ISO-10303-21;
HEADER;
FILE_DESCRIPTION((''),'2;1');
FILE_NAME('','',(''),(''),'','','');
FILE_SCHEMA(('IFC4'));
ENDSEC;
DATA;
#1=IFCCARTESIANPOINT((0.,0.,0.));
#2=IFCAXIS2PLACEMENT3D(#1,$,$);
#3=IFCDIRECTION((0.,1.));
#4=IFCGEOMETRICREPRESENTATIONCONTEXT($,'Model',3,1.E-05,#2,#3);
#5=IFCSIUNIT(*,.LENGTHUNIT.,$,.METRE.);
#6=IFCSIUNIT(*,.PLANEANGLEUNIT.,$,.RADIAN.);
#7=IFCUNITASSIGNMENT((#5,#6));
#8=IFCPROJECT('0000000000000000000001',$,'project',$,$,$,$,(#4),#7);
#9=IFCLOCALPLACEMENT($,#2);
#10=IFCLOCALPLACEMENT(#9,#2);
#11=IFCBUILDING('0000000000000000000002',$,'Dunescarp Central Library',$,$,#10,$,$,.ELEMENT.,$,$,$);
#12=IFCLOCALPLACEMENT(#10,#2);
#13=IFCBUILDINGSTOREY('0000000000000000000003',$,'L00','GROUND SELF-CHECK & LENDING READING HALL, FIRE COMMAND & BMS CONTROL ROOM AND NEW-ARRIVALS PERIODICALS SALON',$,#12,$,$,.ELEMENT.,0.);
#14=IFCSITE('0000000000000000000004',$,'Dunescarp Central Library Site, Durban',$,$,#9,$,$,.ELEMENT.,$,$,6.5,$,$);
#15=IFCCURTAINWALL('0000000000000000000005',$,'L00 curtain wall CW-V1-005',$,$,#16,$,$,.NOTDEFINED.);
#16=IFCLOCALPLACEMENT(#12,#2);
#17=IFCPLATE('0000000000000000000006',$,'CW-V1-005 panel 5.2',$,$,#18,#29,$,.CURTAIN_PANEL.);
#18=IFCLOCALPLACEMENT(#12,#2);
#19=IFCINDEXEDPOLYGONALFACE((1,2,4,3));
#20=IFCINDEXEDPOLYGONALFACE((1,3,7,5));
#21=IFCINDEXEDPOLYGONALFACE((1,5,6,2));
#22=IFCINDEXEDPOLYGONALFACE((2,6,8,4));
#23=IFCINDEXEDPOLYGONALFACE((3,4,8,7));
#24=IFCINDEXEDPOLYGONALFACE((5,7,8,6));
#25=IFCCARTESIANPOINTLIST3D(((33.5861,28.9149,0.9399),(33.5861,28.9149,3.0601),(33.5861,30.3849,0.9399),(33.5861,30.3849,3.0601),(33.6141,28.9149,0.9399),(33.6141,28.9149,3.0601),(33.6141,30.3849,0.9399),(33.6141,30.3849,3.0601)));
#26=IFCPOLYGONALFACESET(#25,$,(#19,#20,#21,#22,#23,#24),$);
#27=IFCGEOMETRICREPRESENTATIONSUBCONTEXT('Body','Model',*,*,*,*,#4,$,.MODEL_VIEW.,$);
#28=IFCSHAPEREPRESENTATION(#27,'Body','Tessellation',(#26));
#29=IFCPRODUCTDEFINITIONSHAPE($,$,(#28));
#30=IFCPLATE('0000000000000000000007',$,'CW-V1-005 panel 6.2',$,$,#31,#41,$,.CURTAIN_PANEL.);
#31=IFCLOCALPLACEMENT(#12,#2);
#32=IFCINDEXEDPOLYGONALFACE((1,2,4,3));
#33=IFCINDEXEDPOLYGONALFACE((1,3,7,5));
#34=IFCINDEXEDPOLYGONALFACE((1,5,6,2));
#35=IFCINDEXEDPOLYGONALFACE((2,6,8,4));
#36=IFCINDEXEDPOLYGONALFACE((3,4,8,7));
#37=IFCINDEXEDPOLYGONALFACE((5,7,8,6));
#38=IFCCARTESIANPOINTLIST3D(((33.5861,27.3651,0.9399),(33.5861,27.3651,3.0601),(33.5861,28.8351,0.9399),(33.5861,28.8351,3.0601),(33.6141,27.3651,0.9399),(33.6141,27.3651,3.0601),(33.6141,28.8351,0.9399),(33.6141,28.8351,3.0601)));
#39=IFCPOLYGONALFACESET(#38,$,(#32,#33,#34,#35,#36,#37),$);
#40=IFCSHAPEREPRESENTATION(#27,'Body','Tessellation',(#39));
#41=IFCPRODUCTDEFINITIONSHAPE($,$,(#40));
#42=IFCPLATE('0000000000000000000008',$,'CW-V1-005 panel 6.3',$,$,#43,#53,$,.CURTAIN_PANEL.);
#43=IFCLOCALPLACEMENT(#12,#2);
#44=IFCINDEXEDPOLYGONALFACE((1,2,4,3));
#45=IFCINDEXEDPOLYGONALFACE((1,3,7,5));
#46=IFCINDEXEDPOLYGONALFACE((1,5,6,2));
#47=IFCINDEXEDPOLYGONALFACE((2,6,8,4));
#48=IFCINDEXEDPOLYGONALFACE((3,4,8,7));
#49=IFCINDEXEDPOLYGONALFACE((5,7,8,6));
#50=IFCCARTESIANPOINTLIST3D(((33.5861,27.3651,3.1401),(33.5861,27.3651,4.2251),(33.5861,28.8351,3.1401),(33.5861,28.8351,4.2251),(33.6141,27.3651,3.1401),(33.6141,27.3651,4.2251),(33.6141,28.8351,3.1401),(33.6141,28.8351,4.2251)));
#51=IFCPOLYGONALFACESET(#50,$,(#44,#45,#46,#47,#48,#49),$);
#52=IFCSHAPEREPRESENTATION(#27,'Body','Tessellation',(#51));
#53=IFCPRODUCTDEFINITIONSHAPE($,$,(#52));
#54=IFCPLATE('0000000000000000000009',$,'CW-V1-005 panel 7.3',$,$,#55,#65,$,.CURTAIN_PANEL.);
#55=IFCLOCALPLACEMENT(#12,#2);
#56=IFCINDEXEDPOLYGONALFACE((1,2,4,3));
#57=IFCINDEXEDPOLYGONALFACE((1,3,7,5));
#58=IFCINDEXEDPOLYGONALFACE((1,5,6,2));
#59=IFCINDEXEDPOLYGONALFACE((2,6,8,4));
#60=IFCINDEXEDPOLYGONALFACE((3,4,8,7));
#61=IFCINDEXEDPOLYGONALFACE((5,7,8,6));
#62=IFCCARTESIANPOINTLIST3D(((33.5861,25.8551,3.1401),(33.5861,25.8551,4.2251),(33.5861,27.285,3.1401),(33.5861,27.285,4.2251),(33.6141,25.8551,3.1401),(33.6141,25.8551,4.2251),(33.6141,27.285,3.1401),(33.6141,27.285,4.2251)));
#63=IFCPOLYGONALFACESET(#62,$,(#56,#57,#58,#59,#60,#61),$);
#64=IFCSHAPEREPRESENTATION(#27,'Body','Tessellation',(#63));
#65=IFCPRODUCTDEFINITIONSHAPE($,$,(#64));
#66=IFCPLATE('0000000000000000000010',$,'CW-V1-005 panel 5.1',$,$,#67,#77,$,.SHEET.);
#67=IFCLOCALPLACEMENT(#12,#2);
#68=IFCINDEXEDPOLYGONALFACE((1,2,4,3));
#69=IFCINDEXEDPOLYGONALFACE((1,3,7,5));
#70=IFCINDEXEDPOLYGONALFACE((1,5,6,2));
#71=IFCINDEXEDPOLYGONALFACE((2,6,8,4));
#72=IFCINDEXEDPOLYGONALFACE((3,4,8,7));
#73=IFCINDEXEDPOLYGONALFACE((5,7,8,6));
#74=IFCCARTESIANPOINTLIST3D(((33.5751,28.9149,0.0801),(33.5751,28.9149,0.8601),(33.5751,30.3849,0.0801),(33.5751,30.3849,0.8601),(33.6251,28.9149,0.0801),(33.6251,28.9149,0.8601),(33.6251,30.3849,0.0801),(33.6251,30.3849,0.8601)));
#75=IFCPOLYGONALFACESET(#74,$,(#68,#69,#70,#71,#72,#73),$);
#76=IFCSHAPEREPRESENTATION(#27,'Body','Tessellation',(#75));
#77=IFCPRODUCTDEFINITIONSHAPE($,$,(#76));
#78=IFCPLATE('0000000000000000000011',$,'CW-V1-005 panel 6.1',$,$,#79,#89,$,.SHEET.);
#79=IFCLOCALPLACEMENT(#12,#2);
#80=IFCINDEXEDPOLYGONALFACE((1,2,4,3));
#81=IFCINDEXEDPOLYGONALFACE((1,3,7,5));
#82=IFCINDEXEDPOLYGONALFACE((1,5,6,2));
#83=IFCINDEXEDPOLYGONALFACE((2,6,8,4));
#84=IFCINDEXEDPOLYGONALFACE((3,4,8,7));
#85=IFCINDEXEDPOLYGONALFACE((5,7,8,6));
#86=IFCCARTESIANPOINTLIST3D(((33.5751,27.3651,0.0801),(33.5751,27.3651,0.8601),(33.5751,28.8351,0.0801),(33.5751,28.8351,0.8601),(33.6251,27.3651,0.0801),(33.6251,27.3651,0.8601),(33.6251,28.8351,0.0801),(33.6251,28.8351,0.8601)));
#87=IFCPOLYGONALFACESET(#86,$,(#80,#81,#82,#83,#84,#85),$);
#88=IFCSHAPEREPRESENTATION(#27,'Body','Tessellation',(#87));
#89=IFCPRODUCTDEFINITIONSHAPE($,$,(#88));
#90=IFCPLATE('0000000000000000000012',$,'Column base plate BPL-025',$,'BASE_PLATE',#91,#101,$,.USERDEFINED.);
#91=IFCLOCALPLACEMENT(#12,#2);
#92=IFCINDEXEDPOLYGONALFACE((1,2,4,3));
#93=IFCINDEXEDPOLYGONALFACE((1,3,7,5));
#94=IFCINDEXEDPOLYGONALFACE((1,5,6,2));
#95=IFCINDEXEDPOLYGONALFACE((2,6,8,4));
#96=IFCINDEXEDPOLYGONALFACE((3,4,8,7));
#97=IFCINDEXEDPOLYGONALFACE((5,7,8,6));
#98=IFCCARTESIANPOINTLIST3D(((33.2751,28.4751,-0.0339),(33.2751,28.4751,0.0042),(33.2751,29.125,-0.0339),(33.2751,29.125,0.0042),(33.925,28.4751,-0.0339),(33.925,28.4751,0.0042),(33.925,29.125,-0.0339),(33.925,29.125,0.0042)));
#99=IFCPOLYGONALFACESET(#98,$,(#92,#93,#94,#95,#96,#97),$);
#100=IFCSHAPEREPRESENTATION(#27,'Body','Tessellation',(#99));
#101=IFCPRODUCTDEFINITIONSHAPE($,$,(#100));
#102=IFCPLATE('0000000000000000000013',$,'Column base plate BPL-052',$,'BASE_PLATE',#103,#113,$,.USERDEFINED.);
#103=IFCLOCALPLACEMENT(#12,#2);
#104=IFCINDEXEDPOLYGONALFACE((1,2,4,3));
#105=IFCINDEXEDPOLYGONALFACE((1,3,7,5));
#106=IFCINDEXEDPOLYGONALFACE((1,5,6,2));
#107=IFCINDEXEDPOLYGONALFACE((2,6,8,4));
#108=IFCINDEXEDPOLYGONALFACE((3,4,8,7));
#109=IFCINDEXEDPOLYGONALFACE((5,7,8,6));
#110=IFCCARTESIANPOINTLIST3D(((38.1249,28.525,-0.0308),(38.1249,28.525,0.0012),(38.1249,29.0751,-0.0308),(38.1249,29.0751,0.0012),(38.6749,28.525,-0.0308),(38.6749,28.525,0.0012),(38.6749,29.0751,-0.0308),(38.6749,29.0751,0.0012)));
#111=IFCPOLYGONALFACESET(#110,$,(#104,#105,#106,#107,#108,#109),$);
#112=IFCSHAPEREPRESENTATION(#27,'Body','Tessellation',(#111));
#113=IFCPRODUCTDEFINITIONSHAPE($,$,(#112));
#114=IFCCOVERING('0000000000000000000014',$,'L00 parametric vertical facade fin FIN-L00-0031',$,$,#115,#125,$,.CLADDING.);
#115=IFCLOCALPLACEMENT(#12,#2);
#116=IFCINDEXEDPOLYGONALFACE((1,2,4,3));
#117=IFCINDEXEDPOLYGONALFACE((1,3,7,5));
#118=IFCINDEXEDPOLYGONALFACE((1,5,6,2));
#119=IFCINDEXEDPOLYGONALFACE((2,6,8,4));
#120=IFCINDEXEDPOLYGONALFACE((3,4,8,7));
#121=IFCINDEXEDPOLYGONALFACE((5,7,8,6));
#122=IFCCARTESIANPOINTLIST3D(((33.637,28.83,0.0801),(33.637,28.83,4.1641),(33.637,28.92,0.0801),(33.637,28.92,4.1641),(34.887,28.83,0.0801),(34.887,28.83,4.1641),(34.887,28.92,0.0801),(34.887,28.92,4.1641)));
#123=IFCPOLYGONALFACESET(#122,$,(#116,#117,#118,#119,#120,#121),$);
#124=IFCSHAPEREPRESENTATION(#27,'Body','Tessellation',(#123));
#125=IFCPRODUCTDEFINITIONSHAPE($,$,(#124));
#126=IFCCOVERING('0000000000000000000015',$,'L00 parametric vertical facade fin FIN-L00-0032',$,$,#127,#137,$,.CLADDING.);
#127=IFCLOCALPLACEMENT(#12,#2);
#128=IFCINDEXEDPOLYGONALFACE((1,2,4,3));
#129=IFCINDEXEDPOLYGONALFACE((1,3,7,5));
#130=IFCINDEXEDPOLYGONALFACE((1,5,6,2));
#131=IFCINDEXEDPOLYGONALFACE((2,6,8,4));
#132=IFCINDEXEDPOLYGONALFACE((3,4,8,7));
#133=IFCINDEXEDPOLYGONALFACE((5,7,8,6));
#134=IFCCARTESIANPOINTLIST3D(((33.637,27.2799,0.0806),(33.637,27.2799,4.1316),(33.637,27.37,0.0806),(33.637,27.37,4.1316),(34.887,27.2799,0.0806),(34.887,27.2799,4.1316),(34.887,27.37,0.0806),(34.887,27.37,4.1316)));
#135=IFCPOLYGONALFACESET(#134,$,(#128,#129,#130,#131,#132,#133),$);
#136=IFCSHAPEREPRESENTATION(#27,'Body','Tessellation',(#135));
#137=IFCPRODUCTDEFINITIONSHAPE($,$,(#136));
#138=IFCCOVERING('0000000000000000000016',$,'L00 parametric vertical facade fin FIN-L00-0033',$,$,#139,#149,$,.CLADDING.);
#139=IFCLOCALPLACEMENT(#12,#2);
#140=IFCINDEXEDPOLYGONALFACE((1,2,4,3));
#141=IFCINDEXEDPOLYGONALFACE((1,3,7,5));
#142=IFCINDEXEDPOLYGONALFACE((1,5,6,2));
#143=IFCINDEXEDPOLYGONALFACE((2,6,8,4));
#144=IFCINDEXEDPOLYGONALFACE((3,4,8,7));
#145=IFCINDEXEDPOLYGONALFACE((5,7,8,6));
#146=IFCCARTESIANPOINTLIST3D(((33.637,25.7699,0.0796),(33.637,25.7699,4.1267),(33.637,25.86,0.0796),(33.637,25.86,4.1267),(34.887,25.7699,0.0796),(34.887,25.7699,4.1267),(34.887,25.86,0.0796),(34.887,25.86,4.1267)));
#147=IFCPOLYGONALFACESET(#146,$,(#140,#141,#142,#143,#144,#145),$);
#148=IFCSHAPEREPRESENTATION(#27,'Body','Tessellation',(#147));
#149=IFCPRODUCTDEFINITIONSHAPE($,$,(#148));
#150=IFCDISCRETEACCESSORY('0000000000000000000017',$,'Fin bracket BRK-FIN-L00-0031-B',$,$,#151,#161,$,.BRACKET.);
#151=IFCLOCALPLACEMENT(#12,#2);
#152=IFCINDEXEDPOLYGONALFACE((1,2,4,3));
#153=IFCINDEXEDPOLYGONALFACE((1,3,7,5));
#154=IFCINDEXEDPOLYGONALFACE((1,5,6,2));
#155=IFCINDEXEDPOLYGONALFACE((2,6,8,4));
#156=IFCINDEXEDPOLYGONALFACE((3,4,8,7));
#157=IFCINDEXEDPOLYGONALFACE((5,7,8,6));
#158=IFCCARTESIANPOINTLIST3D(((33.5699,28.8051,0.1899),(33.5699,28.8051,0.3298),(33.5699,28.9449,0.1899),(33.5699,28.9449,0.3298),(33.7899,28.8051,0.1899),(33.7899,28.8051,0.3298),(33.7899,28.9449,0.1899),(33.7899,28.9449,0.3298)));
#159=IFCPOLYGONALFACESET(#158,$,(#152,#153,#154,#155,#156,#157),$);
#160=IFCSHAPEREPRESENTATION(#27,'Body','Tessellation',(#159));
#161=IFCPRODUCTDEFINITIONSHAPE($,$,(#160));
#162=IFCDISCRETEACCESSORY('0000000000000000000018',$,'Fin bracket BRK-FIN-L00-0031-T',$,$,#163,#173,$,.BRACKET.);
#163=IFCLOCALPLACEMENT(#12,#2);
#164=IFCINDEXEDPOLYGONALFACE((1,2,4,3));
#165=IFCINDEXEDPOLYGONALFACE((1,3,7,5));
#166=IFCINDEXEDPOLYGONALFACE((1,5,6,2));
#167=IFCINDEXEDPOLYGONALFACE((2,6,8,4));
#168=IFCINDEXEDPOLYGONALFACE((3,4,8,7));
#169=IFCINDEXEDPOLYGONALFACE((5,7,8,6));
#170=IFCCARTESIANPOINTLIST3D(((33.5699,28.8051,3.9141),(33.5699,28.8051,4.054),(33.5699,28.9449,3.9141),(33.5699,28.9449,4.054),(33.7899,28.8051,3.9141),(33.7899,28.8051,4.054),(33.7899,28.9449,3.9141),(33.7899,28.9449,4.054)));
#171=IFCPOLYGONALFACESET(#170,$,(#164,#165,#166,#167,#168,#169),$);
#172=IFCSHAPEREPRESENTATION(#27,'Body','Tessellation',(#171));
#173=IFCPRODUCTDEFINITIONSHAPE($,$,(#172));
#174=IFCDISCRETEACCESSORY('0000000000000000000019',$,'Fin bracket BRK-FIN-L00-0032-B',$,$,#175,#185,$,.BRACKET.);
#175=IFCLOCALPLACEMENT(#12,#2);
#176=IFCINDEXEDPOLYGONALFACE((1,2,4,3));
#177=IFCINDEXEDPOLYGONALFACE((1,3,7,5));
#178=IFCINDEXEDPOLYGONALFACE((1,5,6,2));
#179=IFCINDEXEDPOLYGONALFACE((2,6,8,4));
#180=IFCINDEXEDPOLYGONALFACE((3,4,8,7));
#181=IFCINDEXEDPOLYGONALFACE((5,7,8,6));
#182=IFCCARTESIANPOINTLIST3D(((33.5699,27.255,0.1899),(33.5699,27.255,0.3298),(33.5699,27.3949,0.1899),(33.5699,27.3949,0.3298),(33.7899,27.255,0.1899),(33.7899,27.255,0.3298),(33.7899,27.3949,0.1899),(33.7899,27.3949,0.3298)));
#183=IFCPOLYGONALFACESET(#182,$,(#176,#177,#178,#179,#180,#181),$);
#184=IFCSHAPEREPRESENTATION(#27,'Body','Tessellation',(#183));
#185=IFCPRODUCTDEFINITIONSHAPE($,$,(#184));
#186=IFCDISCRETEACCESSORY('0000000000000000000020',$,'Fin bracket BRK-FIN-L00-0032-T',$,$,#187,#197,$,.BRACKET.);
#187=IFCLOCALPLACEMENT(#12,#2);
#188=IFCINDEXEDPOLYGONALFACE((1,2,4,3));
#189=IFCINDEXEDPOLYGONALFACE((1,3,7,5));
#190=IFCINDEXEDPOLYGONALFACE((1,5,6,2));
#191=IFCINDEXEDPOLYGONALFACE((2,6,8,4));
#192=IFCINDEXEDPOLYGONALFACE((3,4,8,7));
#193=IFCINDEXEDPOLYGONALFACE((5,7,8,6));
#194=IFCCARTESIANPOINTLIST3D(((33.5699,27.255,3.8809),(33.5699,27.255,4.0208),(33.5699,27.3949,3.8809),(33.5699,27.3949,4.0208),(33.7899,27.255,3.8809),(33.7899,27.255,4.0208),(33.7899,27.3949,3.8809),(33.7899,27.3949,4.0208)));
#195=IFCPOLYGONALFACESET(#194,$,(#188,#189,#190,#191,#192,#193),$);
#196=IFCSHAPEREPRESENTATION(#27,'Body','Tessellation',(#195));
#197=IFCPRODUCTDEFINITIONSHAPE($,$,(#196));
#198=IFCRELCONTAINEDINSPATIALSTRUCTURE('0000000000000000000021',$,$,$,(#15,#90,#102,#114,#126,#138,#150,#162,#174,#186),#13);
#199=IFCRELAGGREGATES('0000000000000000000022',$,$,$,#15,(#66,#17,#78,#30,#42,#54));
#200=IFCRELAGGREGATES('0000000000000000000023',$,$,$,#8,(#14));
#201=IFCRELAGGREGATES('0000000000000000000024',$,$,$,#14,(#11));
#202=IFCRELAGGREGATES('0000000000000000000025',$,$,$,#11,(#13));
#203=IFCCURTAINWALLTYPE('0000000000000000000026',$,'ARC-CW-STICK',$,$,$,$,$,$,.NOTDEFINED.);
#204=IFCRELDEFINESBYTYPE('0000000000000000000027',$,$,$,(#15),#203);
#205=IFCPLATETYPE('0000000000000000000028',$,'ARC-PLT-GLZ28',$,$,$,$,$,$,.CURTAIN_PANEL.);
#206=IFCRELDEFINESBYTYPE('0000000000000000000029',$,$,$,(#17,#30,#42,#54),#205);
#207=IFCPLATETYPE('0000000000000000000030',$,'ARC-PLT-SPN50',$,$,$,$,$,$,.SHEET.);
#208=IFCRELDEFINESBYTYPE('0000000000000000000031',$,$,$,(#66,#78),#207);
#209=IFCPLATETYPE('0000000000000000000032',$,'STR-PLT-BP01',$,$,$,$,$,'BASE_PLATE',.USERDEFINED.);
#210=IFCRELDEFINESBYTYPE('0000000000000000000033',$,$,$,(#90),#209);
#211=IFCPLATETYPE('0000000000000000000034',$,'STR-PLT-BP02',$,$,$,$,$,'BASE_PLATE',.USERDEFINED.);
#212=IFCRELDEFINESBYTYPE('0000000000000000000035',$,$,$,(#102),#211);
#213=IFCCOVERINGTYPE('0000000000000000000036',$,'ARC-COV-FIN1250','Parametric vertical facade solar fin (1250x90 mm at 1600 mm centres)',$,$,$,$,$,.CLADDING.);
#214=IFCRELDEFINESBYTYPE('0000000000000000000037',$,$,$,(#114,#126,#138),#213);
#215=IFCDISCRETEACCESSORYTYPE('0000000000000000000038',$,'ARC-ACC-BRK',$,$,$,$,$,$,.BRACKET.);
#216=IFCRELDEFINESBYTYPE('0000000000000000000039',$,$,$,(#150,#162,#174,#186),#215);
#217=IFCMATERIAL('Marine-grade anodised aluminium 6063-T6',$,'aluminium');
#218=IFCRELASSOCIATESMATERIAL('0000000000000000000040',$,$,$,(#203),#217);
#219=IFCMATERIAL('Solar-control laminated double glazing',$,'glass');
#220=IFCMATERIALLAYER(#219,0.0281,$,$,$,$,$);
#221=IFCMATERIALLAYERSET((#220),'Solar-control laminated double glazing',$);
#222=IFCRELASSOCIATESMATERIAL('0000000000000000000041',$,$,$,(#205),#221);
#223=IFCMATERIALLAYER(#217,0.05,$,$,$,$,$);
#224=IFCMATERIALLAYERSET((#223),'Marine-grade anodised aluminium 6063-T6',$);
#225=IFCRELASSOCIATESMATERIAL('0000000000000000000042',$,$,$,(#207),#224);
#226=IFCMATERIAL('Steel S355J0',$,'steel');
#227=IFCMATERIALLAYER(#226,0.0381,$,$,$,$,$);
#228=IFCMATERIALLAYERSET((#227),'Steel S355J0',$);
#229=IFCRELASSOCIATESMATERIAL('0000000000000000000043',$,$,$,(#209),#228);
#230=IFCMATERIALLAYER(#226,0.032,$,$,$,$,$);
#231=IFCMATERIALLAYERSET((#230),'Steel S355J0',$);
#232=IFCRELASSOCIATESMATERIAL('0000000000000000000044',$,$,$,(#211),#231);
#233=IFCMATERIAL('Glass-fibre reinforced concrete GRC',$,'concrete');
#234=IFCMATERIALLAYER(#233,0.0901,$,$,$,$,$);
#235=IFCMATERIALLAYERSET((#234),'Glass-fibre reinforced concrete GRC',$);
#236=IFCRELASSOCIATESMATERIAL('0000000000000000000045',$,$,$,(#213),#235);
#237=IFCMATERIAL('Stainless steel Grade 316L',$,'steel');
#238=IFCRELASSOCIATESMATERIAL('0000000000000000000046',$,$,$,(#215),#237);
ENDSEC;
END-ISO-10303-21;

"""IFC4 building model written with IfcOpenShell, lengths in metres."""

from ifc_helpers import new_model, si_unit, direction, frame, origin, origin_2d, place, context, subcontext, project, spatial, rectangle, extrude, material, layer, layer_set, type_object, element, aggregate, save


model = new_model("IFC4")

# Units and contexts
model_context = context("Model", 3, precision=1e-05, world=origin(), true_north=direction((0.0, 1.0)))
body_context = subcontext(model_context, "Body", "Model", "MODEL_VIEW")
ifc_project = project(units=[si_unit("LENGTHUNIT", "METRE"), si_unit("PLANEANGLEUNIT", "RADIAN")], contexts=[model_context])

# Site, building, storey
site_placement = place(None, origin())
site = spatial("IfcSite", under=ifc_project, at=site_placement, Name="Dunescarp Central Library Site, Durban", CompositionType="ELEMENT", RefElevation=6.5)
building_placement = place(site_placement, origin())
building = spatial("IfcBuilding", under=site, at=building_placement, Name="Dunescarp Central Library", CompositionType="ELEMENT")
storey_placement = place(building_placement, origin())
storey = spatial("IfcBuildingStorey", under=building, at=storey_placement, Name="L00", Description="GROUND SELF-CHECK & LENDING READING HALL, FIRE COMMAND & BMS CONTROL ROOM AND NEW-ARRIVALS PERIODICALS SALON", CompositionType="ELEMENT", Elevation=0.0)

# Curtain wall, plates
ifc_material_1 = material(Name="Marine-grade anodised aluminium 6063-T6", Category="aluminium")
curtain_wall_type = type_object("IfcCurtainWallType", Name="ARC-CW-STICK", PredefinedType="NOTDEFINED", material=ifc_material_1)
curtain_wall_placement = place(storey_placement, origin())
curtain_wall = element("IfcCurtainWall", 1, at=curtain_wall_placement, inside=storey, type_object=curtain_wall_type, Name="L00 curtain wall CW-V1-005", PredefinedType="NOTDEFINED")
ifc_material_2 = material(Name="Solar-control laminated double glazing", Category="glass")
ifc_layer_1 = layer(ifc_material_2, 0.0281)
ifc_layer_set_1 = layer_set([ifc_layer_1], Name="Solar-control laminated double glazing")
plate_type_1 = type_object("IfcPlateType", Name="ARC-PLT-GLZ28", PredefinedType="CURTAIN_PANEL", material=ifc_layer_set_1)
plate_1_placement = place(storey_placement, frame((33.6001, 29.6499, 0.9399), z_axis=(0.0, 0.0, 1.0), x_axis=(0.0, -1.0, 0.0)))
plate_1 = element("IfcPlate", 2, at=plate_1_placement, type_object=plate_type_1, Name="CW-V1-005 panel 5.2", PredefinedType="CURTAIN_PANEL", context=body_context, shape_type="SweptSolid", body=[
    extrude(rectangle(XDim=1.47, YDim=0.0281, at=origin_2d()), origin(), (0.0, 0.0, 1.0), 2.1201),
])
plate_2_placement = place(storey_placement, frame((33.6001, 28.1001, 0.9399), z_axis=(0.0, 0.0, 1.0), x_axis=(0.0, -1.0, 0.0)))
plate_2 = element("IfcPlate", 3, at=plate_2_placement, type_object=plate_type_1, Name="CW-V1-005 panel 6.2", PredefinedType="CURTAIN_PANEL", context=body_context, shape_type="SweptSolid", body=[
    extrude(rectangle(XDim=1.47, YDim=0.0281, at=origin_2d()), origin(), (0.0, 0.0, 1.0), 2.1201),
])
plate_3_placement = place(storey_placement, frame((33.6001, 28.1001, 3.1401), z_axis=(0.0, 0.0, 1.0), x_axis=(0.0, -1.0, 0.0)))
plate_3 = element("IfcPlate", 4, at=plate_3_placement, type_object=plate_type_1, Name="CW-V1-005 panel 6.3", PredefinedType="CURTAIN_PANEL", context=body_context, shape_type="SweptSolid", body=[
    extrude(rectangle(XDim=1.47, YDim=0.0281, at=origin_2d()), origin(), (0.0, 0.0, 1.0), 1.085),
])
plate_4_placement = place(storey_placement, frame((33.6001, 26.5701, 3.1401), z_axis=(0.0, 0.0, 1.0), x_axis=(0.0, -1.0, 0.0)))
plate_4 = element("IfcPlate", 5, at=plate_4_placement, type_object=plate_type_1, Name="CW-V1-005 panel 7.3", PredefinedType="CURTAIN_PANEL", context=body_context, shape_type="SweptSolid", body=[
    extrude(rectangle(XDim=1.4299, YDim=0.0281, at=origin_2d()), origin(), (0.0, 0.0, 1.0), 1.085),
])
ifc_layer_2 = layer(ifc_material_1, 0.05)
ifc_layer_set_2 = layer_set([ifc_layer_2], Name="Marine-grade anodised aluminium 6063-T6")
plate_type_2 = type_object("IfcPlateType", Name="ARC-PLT-SPN50", PredefinedType="SHEET", material=ifc_layer_set_2)
plate_5_placement = place(storey_placement, frame((33.6001, 29.6499, 0.0801), z_axis=(0.0, 0.0, 1.0), x_axis=(0.0, -1.0, 0.0)))
plate_5 = element("IfcPlate", 6, at=plate_5_placement, type_object=plate_type_2, Name="CW-V1-005 panel 5.1", PredefinedType="SHEET", context=body_context, shape_type="SweptSolid", body=[
    extrude(rectangle(XDim=1.47, YDim=0.05, at=origin_2d()), origin(), (0.0, 0.0, 1.0), 0.78),
])
plate_6_placement = place(storey_placement, frame((33.6001, 28.1001, 0.0801), z_axis=(0.0, 0.0, 1.0), x_axis=(0.0, -1.0, 0.0)))
plate_6 = element("IfcPlate", 7, at=plate_6_placement, type_object=plate_type_2, Name="CW-V1-005 panel 6.1", PredefinedType="SHEET", context=body_context, shape_type="SweptSolid", body=[
    extrude(rectangle(XDim=1.47, YDim=0.05, at=origin_2d()), origin(), (0.0, 0.0, 1.0), 0.78),
])
aggregate(curtain_wall, [plate_5, plate_1, plate_6, plate_2, plate_3, plate_4])

# Plates
ifc_material_3 = material(Name="Steel S355J0", Category="steel")
ifc_layer_3 = layer(ifc_material_3, 0.0381)
ifc_layer_set_3 = layer_set([ifc_layer_3], Name="Steel S355J0")
plate_type_3 = type_object("IfcPlateType", Name="STR-PLT-BP01", ElementType="BASE_PLATE", PredefinedType="USERDEFINED", material=ifc_layer_set_3)
plate_7_placement = place(storey_placement, frame((33.6001, 28.8, -0.0339), z_axis=(0.0, 0.0, 1.0), x_axis=(1.0, 0.0, 0.0)))
element("IfcPlate", 8, at=plate_7_placement, inside=storey, type_object=plate_type_3, Name="Column base plate BPL-025", ObjectType="BASE_PLATE", PredefinedType="USERDEFINED", context=body_context, shape_type="SweptSolid", body=[
    extrude(rectangle(XDim=0.6499, YDim=0.6499, at=origin_2d()), origin(), (0.0, 0.0, 1.0), 0.0381),
])
ifc_layer_4 = layer(ifc_material_3, 0.032)
ifc_layer_set_4 = layer_set([ifc_layer_4], Name="Steel S355J0")
plate_type_4 = type_object("IfcPlateType", Name="STR-PLT-BP02", ElementType="BASE_PLATE", PredefinedType="USERDEFINED", material=ifc_layer_set_4)
plate_8_placement = place(storey_placement, frame((38.3999, 28.8, -0.0308), z_axis=(0.0, 0.0, 1.0), x_axis=(1.0, 0.0, 0.0)))
element("IfcPlate", 9, at=plate_8_placement, inside=storey, type_object=plate_type_4, Name="Column base plate BPL-052", ObjectType="BASE_PLATE", PredefinedType="USERDEFINED", context=body_context, shape_type="SweptSolid", body=[
    extrude(rectangle(XDim=0.55, YDim=0.55, at=origin_2d()), origin(), (0.0, 0.0, 1.0), 0.032),
])

# Coverings
ifc_material_4 = material(Name="Glass-fibre reinforced concrete GRC", Category="concrete")
ifc_layer_5 = layer(ifc_material_4, 0.0901)
ifc_layer_set_5 = layer_set([ifc_layer_5], Name="Glass-fibre reinforced concrete GRC")
covering_type = type_object("IfcCoveringType", Name="ARC-COV-FIN1250", Description="Parametric vertical facade solar fin (1250x90 mm at 1600 mm centres)", PredefinedType="CLADDING", material=ifc_layer_set_5)
covering_1_placement = place(storey_placement, frame((34.262, 28.875, 0.0801), z_axis=(0.0, 0.0, 1.0), x_axis=(1.0, 0.0, 0.0)))
element("IfcCovering", 10, at=covering_1_placement, inside=storey, type_object=covering_type, Name="L00 parametric vertical facade fin FIN-L00-0031", PredefinedType="CLADDING", context=body_context, shape_type="SweptSolid", body=[
    extrude(rectangle(XDim=1.25, YDim=0.0901, at=origin_2d()), origin(), (0.0, 0.0, 1.0), 4.084),
])
covering_2_placement = place(storey_placement, frame((34.262, 27.325, 0.0806), z_axis=(0.0, 0.0, 1.0), x_axis=(1.0, 0.0, 0.0)))
element("IfcCovering", 11, at=covering_2_placement, inside=storey, type_object=covering_type, Name="L00 parametric vertical facade fin FIN-L00-0032", PredefinedType="CLADDING", context=body_context, shape_type="SweptSolid", body=[
    extrude(rectangle(XDim=1.25, YDim=0.0901, at=origin_2d()), origin(), (0.0, 0.0, 1.0), 4.051),
])
covering_3_placement = place(storey_placement, frame((34.262, 25.8149, 0.0796), z_axis=(0.0, 0.0, 1.0), x_axis=(1.0, 0.0, 0.0)))
element("IfcCovering", 12, at=covering_3_placement, inside=storey, type_object=covering_type, Name="L00 parametric vertical facade fin FIN-L00-0033", PredefinedType="CLADDING", context=body_context, shape_type="SweptSolid", body=[
    extrude(rectangle(XDim=1.25, YDim=0.0901, at=origin_2d()), origin(), (0.0, 0.0, 1.0), 4.0471),
])

# Discrete accessories
ifc_material_5 = material(Name="Stainless steel Grade 316L", Category="steel")
discrete_accessory_type = type_object("IfcDiscreteAccessoryType", Name="ARC-ACC-BRK", PredefinedType="BRACKET", material=ifc_material_5)
for number, where, z_axis, x_axis, name in (
    (13, (33.6799, 28.875, 0.1899), (0.0, 0.0, 1.0), (1.0, 0.0, 0.0), "Fin bracket BRK-FIN-L00-0031-B"),
    (14, (33.6799, 28.875, 3.9141), (0.0, 0.0, 1.0), (1.0, 0.0, 0.0), "Fin bracket BRK-FIN-L00-0031-T"),
    (15, (33.6799, 27.325, 0.1899), (0.0, 0.0, 1.0), (1.0, 0.0, 0.0), "Fin bracket BRK-FIN-L00-0032-B"),
    (16, (33.6799, 27.325, 3.8809), (0.0, 0.0, 1.0), (1.0, 0.0, 0.0), "Fin bracket BRK-FIN-L00-0032-T"),
):
    element("IfcDiscreteAccessory", number, at=place(storey_placement, frame(where, z_axis=z_axis, x_axis=x_axis)), inside=storey, type_object=discrete_accessory_type, Name=name, PredefinedType="BRACKET", context=body_context, shape_type="SweptSolid", body=[
        extrude(rectangle(XDim=0.22, YDim=0.1399, at=origin_2d()), origin(), (0.0, 0.0, 1.0), 0.1399),
    ])

save(model, "model.ifc")
